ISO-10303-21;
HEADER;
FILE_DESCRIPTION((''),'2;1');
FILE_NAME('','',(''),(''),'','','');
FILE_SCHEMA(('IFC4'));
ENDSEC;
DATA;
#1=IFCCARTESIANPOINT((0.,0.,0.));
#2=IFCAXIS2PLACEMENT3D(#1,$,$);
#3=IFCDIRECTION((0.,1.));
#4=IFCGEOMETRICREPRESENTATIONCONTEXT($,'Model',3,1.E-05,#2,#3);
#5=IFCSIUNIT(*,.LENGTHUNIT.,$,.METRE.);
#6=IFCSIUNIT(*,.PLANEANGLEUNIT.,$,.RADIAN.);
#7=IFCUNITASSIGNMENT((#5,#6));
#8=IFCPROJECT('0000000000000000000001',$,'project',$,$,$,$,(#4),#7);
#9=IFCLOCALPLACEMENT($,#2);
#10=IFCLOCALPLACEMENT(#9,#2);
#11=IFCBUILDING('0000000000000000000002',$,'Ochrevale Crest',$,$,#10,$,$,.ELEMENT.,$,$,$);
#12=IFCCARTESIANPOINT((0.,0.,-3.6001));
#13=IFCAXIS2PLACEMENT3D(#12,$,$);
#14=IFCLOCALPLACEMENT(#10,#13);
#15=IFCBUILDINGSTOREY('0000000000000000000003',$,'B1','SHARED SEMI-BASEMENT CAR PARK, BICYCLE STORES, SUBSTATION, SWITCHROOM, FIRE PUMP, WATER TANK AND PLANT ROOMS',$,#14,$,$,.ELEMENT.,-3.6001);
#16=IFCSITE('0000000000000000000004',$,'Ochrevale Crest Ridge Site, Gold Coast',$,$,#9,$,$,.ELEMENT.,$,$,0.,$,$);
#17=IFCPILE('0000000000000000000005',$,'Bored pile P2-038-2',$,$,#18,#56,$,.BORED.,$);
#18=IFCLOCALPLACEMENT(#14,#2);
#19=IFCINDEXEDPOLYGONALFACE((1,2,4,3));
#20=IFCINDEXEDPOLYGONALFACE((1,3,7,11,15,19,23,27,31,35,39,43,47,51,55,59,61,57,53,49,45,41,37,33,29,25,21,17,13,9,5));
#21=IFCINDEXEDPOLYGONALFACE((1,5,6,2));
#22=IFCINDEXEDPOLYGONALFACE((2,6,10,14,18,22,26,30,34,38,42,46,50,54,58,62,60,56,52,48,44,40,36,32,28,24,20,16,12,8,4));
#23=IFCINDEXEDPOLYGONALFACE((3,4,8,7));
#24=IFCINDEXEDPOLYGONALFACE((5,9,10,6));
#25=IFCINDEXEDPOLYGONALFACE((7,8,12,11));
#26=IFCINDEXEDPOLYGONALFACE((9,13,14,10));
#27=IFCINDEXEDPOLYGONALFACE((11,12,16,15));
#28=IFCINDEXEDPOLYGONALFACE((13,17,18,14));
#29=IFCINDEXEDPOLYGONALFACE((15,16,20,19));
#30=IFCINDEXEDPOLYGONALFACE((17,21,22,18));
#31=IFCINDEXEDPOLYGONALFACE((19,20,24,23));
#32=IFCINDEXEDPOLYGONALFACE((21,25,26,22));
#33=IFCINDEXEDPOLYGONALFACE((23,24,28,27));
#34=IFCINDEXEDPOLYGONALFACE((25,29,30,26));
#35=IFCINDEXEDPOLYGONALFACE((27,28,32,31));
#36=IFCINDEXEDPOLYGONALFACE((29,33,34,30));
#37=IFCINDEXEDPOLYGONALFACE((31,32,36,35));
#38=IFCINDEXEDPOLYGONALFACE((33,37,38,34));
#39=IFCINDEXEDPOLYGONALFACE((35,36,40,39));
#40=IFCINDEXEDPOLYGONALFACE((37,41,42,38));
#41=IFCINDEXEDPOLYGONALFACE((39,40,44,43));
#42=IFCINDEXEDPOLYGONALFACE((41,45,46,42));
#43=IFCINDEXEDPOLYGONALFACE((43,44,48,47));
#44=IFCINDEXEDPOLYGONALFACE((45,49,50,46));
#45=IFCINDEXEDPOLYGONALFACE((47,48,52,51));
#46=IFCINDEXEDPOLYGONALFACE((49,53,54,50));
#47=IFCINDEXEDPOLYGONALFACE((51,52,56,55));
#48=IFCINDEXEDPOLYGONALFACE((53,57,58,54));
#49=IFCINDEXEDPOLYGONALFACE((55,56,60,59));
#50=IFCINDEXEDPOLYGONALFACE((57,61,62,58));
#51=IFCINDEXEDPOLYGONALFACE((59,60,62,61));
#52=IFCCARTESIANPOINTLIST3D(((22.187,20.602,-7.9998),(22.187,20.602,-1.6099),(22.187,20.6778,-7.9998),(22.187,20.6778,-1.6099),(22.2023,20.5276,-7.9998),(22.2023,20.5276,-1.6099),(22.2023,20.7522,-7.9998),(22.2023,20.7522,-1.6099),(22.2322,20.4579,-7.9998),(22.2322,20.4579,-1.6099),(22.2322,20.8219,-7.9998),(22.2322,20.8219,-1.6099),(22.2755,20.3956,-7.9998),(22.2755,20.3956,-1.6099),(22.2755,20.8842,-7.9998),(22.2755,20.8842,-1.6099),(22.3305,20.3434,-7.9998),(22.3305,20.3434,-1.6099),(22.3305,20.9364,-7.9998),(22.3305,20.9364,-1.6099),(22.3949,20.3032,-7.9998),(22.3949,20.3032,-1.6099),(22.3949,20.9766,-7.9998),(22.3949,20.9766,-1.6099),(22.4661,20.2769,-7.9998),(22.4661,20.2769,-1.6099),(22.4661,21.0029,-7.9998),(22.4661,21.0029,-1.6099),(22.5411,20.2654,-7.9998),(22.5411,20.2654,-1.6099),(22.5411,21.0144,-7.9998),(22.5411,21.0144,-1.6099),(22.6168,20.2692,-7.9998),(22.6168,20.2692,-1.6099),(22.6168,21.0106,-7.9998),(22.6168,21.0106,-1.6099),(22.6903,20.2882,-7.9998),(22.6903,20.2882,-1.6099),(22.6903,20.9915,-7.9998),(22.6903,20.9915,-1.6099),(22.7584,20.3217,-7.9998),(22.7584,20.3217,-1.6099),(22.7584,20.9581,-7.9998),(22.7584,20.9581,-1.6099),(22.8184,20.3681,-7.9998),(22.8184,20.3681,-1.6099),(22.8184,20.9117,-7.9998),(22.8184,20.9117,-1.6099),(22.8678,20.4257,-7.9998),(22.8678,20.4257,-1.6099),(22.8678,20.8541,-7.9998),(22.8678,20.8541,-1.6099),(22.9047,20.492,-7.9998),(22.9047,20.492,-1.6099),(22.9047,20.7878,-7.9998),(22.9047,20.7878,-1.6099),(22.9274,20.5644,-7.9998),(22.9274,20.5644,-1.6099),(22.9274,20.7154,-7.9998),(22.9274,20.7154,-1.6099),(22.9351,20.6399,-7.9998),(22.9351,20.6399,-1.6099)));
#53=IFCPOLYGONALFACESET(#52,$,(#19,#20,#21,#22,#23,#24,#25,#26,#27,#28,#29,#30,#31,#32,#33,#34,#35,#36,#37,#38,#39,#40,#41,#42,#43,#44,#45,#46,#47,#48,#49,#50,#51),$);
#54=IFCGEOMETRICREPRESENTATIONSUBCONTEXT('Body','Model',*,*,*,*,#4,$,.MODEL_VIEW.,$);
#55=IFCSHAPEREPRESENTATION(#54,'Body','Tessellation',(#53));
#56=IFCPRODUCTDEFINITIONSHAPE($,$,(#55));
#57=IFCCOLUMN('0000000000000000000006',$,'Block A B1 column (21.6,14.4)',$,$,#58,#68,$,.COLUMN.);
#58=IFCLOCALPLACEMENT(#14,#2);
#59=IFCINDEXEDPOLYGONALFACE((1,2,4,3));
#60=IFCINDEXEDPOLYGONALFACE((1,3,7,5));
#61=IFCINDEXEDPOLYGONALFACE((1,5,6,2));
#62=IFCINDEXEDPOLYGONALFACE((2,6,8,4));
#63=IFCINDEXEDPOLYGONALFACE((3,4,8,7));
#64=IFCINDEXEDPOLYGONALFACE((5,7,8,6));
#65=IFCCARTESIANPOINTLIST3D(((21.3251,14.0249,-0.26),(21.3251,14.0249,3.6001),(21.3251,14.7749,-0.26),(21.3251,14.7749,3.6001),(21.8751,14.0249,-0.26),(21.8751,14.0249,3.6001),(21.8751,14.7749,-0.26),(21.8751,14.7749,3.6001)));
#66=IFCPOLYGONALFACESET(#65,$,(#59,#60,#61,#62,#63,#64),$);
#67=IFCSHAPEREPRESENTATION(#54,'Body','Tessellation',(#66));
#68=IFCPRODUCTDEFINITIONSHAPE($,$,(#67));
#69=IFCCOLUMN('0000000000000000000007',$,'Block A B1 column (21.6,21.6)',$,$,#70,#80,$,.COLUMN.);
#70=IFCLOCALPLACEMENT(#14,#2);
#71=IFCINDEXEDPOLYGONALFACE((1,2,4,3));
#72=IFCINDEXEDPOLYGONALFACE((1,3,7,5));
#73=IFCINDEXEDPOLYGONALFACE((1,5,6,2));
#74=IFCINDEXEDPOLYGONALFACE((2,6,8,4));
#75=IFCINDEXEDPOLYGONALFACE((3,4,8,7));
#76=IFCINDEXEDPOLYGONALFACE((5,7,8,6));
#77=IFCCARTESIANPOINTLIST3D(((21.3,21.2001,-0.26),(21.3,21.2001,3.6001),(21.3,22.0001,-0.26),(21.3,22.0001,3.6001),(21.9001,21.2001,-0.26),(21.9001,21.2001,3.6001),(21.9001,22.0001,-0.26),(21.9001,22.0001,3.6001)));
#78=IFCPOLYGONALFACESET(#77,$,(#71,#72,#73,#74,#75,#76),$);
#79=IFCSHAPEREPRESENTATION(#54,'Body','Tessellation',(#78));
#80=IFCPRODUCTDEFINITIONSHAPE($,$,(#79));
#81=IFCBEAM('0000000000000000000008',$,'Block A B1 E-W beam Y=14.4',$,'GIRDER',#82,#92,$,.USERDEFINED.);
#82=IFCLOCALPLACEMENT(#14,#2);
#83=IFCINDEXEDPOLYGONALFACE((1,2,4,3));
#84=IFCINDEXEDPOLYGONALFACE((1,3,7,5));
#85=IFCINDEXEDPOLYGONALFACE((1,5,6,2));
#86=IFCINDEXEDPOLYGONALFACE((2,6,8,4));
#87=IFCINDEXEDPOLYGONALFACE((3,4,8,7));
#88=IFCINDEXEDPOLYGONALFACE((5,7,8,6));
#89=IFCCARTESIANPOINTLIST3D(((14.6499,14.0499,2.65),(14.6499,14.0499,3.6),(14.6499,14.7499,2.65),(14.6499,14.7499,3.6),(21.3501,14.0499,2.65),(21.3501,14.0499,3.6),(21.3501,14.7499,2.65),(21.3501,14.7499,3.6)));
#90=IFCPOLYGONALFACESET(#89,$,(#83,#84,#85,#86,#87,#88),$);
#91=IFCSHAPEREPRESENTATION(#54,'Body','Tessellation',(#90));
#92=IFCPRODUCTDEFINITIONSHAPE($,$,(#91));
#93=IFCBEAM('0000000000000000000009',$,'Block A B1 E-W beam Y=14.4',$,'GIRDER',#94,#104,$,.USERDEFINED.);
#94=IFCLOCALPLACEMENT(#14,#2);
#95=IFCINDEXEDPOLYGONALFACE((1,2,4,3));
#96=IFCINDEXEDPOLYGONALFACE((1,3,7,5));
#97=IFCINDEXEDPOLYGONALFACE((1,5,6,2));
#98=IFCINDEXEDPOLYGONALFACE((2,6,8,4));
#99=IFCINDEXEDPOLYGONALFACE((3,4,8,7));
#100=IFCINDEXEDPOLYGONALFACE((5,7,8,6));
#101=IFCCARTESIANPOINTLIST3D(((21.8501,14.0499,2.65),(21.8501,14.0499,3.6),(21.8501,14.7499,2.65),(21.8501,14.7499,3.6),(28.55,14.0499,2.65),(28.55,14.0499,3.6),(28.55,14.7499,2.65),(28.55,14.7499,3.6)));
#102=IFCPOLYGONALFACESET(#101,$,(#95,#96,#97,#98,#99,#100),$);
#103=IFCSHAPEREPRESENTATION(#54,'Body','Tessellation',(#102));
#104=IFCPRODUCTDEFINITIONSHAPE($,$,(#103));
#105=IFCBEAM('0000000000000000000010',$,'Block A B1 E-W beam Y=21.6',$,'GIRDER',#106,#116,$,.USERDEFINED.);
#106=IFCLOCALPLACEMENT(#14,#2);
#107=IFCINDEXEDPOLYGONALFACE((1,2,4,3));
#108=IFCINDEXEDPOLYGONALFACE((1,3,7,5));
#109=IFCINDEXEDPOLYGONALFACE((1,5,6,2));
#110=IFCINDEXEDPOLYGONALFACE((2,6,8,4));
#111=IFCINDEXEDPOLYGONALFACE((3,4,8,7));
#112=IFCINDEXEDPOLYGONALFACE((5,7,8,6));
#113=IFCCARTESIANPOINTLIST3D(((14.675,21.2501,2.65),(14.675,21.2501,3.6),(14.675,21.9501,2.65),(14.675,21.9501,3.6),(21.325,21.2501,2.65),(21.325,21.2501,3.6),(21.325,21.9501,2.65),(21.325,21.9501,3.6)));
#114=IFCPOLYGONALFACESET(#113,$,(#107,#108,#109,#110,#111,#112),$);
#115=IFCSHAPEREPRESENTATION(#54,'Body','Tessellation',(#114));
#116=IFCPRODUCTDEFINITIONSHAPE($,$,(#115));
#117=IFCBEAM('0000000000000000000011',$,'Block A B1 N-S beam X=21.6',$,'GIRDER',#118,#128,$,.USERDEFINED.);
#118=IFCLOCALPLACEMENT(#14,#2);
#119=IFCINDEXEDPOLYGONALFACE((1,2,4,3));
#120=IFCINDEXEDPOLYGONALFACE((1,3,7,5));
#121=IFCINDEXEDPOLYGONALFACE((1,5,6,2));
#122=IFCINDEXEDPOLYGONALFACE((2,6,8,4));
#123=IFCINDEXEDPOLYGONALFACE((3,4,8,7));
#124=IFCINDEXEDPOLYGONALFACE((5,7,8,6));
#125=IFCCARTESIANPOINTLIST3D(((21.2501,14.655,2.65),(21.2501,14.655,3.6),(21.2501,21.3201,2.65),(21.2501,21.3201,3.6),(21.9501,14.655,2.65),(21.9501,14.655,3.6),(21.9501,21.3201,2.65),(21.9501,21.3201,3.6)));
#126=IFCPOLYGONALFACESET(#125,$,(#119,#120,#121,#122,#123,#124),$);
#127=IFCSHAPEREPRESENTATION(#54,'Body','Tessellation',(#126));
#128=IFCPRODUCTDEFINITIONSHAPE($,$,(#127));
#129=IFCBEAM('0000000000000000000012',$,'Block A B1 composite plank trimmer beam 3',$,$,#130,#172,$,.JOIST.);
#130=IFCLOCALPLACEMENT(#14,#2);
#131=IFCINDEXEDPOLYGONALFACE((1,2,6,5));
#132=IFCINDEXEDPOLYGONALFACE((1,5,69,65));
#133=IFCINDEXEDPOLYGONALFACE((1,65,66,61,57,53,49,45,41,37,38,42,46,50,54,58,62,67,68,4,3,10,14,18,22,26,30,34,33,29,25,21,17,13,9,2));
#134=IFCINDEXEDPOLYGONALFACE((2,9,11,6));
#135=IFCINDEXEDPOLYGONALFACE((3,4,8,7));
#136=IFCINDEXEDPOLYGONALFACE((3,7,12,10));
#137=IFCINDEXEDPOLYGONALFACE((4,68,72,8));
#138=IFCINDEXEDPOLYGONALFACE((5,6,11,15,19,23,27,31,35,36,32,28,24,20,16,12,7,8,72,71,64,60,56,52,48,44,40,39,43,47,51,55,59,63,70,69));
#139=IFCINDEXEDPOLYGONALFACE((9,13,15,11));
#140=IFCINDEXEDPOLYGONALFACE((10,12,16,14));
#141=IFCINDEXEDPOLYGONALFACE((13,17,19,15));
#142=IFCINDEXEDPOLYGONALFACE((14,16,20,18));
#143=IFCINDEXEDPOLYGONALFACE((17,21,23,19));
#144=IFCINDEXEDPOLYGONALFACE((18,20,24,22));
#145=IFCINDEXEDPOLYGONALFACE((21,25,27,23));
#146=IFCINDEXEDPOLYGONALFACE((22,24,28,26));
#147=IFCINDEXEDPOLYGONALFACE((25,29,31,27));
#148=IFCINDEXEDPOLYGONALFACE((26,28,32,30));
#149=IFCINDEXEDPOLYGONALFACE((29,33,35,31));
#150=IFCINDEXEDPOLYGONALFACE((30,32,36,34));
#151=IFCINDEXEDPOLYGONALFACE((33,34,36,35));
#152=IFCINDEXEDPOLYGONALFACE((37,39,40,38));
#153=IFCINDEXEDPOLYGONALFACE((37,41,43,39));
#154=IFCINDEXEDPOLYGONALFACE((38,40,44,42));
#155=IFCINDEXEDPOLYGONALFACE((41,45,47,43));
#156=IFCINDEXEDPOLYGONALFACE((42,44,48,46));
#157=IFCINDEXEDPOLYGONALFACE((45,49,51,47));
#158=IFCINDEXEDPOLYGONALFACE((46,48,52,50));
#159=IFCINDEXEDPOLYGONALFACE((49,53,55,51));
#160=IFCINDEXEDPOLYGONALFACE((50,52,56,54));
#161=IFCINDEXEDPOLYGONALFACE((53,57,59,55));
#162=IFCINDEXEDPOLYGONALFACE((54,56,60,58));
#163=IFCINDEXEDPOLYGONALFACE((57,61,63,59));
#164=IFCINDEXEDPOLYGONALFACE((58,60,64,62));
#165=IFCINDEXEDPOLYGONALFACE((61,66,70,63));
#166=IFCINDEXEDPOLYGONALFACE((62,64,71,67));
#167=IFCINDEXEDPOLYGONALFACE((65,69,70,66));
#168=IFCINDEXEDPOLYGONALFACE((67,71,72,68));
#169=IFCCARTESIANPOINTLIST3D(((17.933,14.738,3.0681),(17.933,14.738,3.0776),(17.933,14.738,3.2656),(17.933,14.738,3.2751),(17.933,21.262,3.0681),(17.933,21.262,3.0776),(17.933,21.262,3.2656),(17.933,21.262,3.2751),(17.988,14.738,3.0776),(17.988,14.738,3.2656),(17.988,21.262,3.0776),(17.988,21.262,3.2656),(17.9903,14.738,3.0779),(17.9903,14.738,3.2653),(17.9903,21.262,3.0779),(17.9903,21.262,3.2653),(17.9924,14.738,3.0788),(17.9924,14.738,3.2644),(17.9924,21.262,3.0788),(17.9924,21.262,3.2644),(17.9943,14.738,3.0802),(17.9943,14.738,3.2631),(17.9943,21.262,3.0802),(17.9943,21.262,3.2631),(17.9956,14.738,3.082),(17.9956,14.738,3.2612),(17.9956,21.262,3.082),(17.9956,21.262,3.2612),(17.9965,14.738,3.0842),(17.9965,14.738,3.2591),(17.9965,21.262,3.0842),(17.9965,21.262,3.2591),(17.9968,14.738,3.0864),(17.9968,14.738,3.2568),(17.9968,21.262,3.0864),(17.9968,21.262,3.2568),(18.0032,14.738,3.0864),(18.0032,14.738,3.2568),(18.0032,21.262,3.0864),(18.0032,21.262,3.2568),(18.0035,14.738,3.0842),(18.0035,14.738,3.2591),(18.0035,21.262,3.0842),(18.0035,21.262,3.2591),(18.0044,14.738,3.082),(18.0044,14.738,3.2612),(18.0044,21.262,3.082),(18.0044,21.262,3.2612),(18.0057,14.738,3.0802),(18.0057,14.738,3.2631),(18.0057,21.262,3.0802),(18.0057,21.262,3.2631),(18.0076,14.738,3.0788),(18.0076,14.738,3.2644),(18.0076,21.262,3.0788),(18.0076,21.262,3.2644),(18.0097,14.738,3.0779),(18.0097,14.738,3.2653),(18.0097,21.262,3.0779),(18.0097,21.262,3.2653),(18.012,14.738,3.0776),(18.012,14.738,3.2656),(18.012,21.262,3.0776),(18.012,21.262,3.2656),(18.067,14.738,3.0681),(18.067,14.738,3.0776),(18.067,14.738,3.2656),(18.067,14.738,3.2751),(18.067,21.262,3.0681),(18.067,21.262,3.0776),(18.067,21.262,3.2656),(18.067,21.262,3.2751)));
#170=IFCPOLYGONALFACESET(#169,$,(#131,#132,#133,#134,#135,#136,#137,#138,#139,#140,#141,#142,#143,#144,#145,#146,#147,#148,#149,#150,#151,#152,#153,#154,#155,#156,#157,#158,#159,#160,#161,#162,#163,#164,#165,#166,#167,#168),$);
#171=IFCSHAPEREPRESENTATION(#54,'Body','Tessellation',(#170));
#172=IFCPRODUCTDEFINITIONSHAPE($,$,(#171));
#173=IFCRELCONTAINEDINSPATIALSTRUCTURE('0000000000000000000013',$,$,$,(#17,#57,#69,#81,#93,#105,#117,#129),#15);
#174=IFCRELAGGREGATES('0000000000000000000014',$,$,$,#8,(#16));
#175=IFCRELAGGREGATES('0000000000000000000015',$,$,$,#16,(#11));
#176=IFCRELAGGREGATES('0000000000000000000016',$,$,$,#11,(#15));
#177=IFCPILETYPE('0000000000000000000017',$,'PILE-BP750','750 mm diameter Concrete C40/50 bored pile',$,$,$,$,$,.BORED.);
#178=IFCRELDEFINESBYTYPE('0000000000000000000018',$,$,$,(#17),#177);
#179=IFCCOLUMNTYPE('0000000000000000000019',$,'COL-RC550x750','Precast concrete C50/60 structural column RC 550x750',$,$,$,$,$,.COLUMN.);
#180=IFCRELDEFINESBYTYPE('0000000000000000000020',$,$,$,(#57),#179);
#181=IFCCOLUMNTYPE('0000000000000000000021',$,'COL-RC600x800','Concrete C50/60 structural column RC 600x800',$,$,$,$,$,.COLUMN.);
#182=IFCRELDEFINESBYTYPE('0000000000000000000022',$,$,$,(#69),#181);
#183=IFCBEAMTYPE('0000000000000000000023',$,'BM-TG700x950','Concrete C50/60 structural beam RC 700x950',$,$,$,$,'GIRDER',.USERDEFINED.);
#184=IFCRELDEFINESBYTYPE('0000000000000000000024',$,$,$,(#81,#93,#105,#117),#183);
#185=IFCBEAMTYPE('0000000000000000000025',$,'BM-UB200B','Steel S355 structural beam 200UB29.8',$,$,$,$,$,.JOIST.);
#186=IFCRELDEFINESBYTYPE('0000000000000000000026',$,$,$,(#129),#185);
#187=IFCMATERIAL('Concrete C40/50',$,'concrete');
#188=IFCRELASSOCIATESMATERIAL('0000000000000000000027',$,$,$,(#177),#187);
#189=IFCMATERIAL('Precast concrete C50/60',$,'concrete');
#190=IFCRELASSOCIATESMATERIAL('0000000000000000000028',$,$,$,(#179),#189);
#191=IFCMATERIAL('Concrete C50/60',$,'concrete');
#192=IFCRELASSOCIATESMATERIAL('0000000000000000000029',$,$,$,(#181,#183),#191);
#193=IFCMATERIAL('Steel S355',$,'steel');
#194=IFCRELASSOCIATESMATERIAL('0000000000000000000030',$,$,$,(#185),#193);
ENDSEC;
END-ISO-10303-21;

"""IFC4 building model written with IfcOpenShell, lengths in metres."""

from ifc_helpers import new_model, si_unit, direction, frame, origin, origin_2d, place, context, subcontext, project, spatial, rectangle, circle, i_section, extrude, material, material_profile, profile_set, type_object, element, save


model = new_model("IFC4")

# Units and contexts
model_context = context("Model", 3, precision=1e-05, world=origin(), true_north=direction((0.0, 1.0)))
body_context = subcontext(model_context, "Body", "Model", "MODEL_VIEW")
ifc_project = project(units=[si_unit("LENGTHUNIT", "METRE"), si_unit("PLANEANGLEUNIT", "RADIAN")], contexts=[model_context])

# Site, building, storey
site_placement = place(None, origin())
site = spatial("IfcSite", under=ifc_project, at=site_placement, Name="Ochrevale Crest Ridge Site, Gold Coast", CompositionType="ELEMENT", RefElevation=0.0)
building_placement = place(site_placement, origin())
building = spatial("IfcBuilding", under=site, at=building_placement, Name="Ochrevale Crest", CompositionType="ELEMENT")
storey_placement = place(building_placement, frame((0.0, 0.0, -3.6001)))
storey = spatial("IfcBuildingStorey", under=building, at=storey_placement, Name="B1", Description="SHARED SEMI-BASEMENT CAR PARK, BICYCLE STORES, SUBSTATION, SWITCHROOM, FIRE PUMP, WATER TANK AND PLANT ROOMS", CompositionType="ELEMENT", Elevation=-3.6001)

# Shared definitions
ifc_material_1 = material(Name="Concrete C40/50", Category="concrete")

# Pile
ifc_material_profile_1 = material_profile(ifc_material_1, circle(Radius=0.375, at=origin_2d()), Name="BORED PILE 750")
ifc_profile_set_1 = profile_set([ifc_material_profile_1], Name="Concrete C40/50")
pile_type_1 = type_object("IfcPileType", Name="PILE-BP750", Description="750 mm diameter Concrete C40/50 bored pile", PredefinedType="BORED", material=ifc_profile_set_1)
for number, where, z_axis, x_axis, name in (
    (1, (22.5601, 20.6399, -1.6099), (0.0, 0.0, -1.0), (1.0, 0.0, 0.0), "Bored pile P2-038-2"),
):
    element("IfcPile", number, at=place(storey_placement, frame(where, z_axis=z_axis, x_axis=x_axis)), inside=storey, type_object=pile_type_1, Name=name, PredefinedType="BORED", context=body_context, shape_type="SweptSolid", body=[
        extrude(circle(Radius=0.375, at=origin_2d()), origin(), (0.0, 0.0, 1.0), 6.3899),
    ])

# Columns
ifc_material_2 = material(Name="Precast concrete C50/60", Category="concrete")
ifc_material_profile_2 = material_profile(ifc_material_2, rectangle(XDim=0.55, YDim=0.75, at=origin_2d()), Name="RC 550x750")
ifc_profile_set_2 = profile_set([ifc_material_profile_2], Name="Precast concrete C50/60")
column_type_1 = type_object("IfcColumnType", Name="COL-RC550x750", Description="Precast concrete C50/60 structural column RC 550x750", PredefinedType="COLUMN", material=ifc_profile_set_2)
column_1_placement = place(storey_placement, frame((21.6001, 14.3999, -0.26), z_axis=(0.0, 0.0, 1.0), x_axis=(1.0, 0.0, 0.0)))
element("IfcColumn", 2, at=column_1_placement, inside=storey, type_object=column_type_1, Name="Block A B1 column (21.6,14.4)", PredefinedType="COLUMN", context=body_context, shape_type="SweptSolid", body=[
    extrude(rectangle(XDim=0.55, YDim=0.75, at=origin_2d()), origin(), (0.0, 0.0, 1.0), 3.8601),
])
ifc_material_3 = material(Name="Concrete C50/60", Category="concrete")
ifc_material_profile_3 = material_profile(ifc_material_3, rectangle(XDim=0.6001, YDim=0.8, at=origin_2d()), Name="RC 600x800")
ifc_profile_set_3 = profile_set([ifc_material_profile_3], Name="Concrete C50/60")
column_type_2 = type_object("IfcColumnType", Name="COL-RC600x800", Description="Concrete C50/60 structural column RC 600x800", PredefinedType="COLUMN", material=ifc_profile_set_3)
column_2_placement = place(storey_placement, frame((21.6001, 21.6001, -0.26), z_axis=(0.0, 0.0, 1.0), x_axis=(1.0, 0.0, 0.0)))
element("IfcColumn", 3, at=column_2_placement, inside=storey, type_object=column_type_2, Name="Block A B1 column (21.6,21.6)", PredefinedType="COLUMN", context=body_context, shape_type="SweptSolid", body=[
    extrude(rectangle(XDim=0.6001, YDim=0.8, at=origin_2d()), origin(), (0.0, 0.0, 1.0), 3.8601),
])

# Beams
ifc_material_profile_4 = material_profile(ifc_material_3, rectangle(XDim=0.7, YDim=0.95, at=origin_2d()), Name="RC 700x950")
ifc_profile_set_4 = profile_set([ifc_material_profile_4], Name="Concrete C50/60")
beam_type_1 = type_object("IfcBeamType", Name="BM-TG700x950", Description="Concrete C50/60 structural beam RC 700x950", ElementType="GIRDER", PredefinedType="USERDEFINED", material=ifc_profile_set_4)
beam_1_placement = place(storey_placement, frame((14.6499, 14.3999, 3.125), z_axis=(1.0, 0.0, 0.0), x_axis=(0.0, 1.0, 0.0)))
element("IfcBeam", 4, at=beam_1_placement, inside=storey, type_object=beam_type_1, Name="Block A B1 E-W beam Y=14.4", ObjectType="GIRDER", PredefinedType="USERDEFINED", context=body_context, shape_type="SweptSolid", body=[
    extrude(rectangle(XDim=0.7, YDim=0.95, at=origin_2d()), origin(), (0.0, 0.0, 1.0), 6.7002),
])
beam_2_placement = place(storey_placement, frame((21.8501, 14.3999, 3.125), z_axis=(1.0, 0.0, 0.0), x_axis=(0.0, 1.0, 0.0)))
element("IfcBeam", 5, at=beam_2_placement, inside=storey, type_object=beam_type_1, Name="Block A B1 E-W beam Y=14.4", ObjectType="GIRDER", PredefinedType="USERDEFINED", context=body_context, shape_type="SweptSolid", body=[
    extrude(rectangle(XDim=0.7, YDim=0.95, at=origin_2d()), origin(), (0.0, 0.0, 1.0), 6.7),
])
beam_3_placement = place(storey_placement, frame((14.675, 21.6001, 3.125), z_axis=(1.0, 0.0, 0.0), x_axis=(0.0, 1.0, 0.0)))
element("IfcBeam", 6, at=beam_3_placement, inside=storey, type_object=beam_type_1, Name="Block A B1 E-W beam Y=21.6", ObjectType="GIRDER", PredefinedType="USERDEFINED", context=body_context, shape_type="SweptSolid", body=[
    extrude(rectangle(XDim=0.7, YDim=0.95, at=origin_2d()), origin(), (0.0, 0.0, 1.0), 6.6499),
])
beam_4_placement = place(storey_placement, frame((21.6001, 14.655, 3.125), z_axis=(0.0, 1.0, 0.0), x_axis=(-1.0, 0.0, 0.0)))
element("IfcBeam", 7, at=beam_4_placement, inside=storey, type_object=beam_type_1, Name="Block A B1 N-S beam X=21.6", ObjectType="GIRDER", PredefinedType="USERDEFINED", context=body_context, shape_type="SweptSolid", body=[
    extrude(rectangle(XDim=0.7, YDim=0.95, at=origin_2d()), origin(), (0.0, 0.0, 1.0), 6.665),
])
ifc_material_4 = material(Name="Steel S355", Category="steel")
ifc_material_profile_5 = material_profile(ifc_material_4, i_section(OverallWidth=0.134, OverallDepth=0.207, WebThickness=0.0063, FlangeThickness=0.0095, FilletRadius=0.0088, at=origin_2d()), Name="200UB29.8")
ifc_profile_set_5 = profile_set([ifc_material_profile_5], Name="Steel S355")
beam_type_2 = type_object("IfcBeamType", Name="BM-UB200B", Description="Steel S355 structural beam 200UB29.8", PredefinedType="JOIST", material=ifc_profile_set_5)
beam_5_placement = place(storey_placement, frame((18.0, 14.738, 3.1716), z_axis=(0.0, 1.0, 0.0), x_axis=(-1.0, 0.0, 0.0)))
element("IfcBeam", 8, at=beam_5_placement, inside=storey, type_object=beam_type_2, Name="Block A B1 composite plank trimmer beam 3", PredefinedType="JOIST", context=body_context, shape_type="SweptSolid", body=[
    extrude(i_section(OverallWidth=0.134, OverallDepth=0.207, WebThickness=0.0063, FlangeThickness=0.0095, FilletRadius=0.0088, at=origin_2d()), origin(), (0.0, 0.0, 1.0), 6.5239),
])

save(model, "model.ifc")
